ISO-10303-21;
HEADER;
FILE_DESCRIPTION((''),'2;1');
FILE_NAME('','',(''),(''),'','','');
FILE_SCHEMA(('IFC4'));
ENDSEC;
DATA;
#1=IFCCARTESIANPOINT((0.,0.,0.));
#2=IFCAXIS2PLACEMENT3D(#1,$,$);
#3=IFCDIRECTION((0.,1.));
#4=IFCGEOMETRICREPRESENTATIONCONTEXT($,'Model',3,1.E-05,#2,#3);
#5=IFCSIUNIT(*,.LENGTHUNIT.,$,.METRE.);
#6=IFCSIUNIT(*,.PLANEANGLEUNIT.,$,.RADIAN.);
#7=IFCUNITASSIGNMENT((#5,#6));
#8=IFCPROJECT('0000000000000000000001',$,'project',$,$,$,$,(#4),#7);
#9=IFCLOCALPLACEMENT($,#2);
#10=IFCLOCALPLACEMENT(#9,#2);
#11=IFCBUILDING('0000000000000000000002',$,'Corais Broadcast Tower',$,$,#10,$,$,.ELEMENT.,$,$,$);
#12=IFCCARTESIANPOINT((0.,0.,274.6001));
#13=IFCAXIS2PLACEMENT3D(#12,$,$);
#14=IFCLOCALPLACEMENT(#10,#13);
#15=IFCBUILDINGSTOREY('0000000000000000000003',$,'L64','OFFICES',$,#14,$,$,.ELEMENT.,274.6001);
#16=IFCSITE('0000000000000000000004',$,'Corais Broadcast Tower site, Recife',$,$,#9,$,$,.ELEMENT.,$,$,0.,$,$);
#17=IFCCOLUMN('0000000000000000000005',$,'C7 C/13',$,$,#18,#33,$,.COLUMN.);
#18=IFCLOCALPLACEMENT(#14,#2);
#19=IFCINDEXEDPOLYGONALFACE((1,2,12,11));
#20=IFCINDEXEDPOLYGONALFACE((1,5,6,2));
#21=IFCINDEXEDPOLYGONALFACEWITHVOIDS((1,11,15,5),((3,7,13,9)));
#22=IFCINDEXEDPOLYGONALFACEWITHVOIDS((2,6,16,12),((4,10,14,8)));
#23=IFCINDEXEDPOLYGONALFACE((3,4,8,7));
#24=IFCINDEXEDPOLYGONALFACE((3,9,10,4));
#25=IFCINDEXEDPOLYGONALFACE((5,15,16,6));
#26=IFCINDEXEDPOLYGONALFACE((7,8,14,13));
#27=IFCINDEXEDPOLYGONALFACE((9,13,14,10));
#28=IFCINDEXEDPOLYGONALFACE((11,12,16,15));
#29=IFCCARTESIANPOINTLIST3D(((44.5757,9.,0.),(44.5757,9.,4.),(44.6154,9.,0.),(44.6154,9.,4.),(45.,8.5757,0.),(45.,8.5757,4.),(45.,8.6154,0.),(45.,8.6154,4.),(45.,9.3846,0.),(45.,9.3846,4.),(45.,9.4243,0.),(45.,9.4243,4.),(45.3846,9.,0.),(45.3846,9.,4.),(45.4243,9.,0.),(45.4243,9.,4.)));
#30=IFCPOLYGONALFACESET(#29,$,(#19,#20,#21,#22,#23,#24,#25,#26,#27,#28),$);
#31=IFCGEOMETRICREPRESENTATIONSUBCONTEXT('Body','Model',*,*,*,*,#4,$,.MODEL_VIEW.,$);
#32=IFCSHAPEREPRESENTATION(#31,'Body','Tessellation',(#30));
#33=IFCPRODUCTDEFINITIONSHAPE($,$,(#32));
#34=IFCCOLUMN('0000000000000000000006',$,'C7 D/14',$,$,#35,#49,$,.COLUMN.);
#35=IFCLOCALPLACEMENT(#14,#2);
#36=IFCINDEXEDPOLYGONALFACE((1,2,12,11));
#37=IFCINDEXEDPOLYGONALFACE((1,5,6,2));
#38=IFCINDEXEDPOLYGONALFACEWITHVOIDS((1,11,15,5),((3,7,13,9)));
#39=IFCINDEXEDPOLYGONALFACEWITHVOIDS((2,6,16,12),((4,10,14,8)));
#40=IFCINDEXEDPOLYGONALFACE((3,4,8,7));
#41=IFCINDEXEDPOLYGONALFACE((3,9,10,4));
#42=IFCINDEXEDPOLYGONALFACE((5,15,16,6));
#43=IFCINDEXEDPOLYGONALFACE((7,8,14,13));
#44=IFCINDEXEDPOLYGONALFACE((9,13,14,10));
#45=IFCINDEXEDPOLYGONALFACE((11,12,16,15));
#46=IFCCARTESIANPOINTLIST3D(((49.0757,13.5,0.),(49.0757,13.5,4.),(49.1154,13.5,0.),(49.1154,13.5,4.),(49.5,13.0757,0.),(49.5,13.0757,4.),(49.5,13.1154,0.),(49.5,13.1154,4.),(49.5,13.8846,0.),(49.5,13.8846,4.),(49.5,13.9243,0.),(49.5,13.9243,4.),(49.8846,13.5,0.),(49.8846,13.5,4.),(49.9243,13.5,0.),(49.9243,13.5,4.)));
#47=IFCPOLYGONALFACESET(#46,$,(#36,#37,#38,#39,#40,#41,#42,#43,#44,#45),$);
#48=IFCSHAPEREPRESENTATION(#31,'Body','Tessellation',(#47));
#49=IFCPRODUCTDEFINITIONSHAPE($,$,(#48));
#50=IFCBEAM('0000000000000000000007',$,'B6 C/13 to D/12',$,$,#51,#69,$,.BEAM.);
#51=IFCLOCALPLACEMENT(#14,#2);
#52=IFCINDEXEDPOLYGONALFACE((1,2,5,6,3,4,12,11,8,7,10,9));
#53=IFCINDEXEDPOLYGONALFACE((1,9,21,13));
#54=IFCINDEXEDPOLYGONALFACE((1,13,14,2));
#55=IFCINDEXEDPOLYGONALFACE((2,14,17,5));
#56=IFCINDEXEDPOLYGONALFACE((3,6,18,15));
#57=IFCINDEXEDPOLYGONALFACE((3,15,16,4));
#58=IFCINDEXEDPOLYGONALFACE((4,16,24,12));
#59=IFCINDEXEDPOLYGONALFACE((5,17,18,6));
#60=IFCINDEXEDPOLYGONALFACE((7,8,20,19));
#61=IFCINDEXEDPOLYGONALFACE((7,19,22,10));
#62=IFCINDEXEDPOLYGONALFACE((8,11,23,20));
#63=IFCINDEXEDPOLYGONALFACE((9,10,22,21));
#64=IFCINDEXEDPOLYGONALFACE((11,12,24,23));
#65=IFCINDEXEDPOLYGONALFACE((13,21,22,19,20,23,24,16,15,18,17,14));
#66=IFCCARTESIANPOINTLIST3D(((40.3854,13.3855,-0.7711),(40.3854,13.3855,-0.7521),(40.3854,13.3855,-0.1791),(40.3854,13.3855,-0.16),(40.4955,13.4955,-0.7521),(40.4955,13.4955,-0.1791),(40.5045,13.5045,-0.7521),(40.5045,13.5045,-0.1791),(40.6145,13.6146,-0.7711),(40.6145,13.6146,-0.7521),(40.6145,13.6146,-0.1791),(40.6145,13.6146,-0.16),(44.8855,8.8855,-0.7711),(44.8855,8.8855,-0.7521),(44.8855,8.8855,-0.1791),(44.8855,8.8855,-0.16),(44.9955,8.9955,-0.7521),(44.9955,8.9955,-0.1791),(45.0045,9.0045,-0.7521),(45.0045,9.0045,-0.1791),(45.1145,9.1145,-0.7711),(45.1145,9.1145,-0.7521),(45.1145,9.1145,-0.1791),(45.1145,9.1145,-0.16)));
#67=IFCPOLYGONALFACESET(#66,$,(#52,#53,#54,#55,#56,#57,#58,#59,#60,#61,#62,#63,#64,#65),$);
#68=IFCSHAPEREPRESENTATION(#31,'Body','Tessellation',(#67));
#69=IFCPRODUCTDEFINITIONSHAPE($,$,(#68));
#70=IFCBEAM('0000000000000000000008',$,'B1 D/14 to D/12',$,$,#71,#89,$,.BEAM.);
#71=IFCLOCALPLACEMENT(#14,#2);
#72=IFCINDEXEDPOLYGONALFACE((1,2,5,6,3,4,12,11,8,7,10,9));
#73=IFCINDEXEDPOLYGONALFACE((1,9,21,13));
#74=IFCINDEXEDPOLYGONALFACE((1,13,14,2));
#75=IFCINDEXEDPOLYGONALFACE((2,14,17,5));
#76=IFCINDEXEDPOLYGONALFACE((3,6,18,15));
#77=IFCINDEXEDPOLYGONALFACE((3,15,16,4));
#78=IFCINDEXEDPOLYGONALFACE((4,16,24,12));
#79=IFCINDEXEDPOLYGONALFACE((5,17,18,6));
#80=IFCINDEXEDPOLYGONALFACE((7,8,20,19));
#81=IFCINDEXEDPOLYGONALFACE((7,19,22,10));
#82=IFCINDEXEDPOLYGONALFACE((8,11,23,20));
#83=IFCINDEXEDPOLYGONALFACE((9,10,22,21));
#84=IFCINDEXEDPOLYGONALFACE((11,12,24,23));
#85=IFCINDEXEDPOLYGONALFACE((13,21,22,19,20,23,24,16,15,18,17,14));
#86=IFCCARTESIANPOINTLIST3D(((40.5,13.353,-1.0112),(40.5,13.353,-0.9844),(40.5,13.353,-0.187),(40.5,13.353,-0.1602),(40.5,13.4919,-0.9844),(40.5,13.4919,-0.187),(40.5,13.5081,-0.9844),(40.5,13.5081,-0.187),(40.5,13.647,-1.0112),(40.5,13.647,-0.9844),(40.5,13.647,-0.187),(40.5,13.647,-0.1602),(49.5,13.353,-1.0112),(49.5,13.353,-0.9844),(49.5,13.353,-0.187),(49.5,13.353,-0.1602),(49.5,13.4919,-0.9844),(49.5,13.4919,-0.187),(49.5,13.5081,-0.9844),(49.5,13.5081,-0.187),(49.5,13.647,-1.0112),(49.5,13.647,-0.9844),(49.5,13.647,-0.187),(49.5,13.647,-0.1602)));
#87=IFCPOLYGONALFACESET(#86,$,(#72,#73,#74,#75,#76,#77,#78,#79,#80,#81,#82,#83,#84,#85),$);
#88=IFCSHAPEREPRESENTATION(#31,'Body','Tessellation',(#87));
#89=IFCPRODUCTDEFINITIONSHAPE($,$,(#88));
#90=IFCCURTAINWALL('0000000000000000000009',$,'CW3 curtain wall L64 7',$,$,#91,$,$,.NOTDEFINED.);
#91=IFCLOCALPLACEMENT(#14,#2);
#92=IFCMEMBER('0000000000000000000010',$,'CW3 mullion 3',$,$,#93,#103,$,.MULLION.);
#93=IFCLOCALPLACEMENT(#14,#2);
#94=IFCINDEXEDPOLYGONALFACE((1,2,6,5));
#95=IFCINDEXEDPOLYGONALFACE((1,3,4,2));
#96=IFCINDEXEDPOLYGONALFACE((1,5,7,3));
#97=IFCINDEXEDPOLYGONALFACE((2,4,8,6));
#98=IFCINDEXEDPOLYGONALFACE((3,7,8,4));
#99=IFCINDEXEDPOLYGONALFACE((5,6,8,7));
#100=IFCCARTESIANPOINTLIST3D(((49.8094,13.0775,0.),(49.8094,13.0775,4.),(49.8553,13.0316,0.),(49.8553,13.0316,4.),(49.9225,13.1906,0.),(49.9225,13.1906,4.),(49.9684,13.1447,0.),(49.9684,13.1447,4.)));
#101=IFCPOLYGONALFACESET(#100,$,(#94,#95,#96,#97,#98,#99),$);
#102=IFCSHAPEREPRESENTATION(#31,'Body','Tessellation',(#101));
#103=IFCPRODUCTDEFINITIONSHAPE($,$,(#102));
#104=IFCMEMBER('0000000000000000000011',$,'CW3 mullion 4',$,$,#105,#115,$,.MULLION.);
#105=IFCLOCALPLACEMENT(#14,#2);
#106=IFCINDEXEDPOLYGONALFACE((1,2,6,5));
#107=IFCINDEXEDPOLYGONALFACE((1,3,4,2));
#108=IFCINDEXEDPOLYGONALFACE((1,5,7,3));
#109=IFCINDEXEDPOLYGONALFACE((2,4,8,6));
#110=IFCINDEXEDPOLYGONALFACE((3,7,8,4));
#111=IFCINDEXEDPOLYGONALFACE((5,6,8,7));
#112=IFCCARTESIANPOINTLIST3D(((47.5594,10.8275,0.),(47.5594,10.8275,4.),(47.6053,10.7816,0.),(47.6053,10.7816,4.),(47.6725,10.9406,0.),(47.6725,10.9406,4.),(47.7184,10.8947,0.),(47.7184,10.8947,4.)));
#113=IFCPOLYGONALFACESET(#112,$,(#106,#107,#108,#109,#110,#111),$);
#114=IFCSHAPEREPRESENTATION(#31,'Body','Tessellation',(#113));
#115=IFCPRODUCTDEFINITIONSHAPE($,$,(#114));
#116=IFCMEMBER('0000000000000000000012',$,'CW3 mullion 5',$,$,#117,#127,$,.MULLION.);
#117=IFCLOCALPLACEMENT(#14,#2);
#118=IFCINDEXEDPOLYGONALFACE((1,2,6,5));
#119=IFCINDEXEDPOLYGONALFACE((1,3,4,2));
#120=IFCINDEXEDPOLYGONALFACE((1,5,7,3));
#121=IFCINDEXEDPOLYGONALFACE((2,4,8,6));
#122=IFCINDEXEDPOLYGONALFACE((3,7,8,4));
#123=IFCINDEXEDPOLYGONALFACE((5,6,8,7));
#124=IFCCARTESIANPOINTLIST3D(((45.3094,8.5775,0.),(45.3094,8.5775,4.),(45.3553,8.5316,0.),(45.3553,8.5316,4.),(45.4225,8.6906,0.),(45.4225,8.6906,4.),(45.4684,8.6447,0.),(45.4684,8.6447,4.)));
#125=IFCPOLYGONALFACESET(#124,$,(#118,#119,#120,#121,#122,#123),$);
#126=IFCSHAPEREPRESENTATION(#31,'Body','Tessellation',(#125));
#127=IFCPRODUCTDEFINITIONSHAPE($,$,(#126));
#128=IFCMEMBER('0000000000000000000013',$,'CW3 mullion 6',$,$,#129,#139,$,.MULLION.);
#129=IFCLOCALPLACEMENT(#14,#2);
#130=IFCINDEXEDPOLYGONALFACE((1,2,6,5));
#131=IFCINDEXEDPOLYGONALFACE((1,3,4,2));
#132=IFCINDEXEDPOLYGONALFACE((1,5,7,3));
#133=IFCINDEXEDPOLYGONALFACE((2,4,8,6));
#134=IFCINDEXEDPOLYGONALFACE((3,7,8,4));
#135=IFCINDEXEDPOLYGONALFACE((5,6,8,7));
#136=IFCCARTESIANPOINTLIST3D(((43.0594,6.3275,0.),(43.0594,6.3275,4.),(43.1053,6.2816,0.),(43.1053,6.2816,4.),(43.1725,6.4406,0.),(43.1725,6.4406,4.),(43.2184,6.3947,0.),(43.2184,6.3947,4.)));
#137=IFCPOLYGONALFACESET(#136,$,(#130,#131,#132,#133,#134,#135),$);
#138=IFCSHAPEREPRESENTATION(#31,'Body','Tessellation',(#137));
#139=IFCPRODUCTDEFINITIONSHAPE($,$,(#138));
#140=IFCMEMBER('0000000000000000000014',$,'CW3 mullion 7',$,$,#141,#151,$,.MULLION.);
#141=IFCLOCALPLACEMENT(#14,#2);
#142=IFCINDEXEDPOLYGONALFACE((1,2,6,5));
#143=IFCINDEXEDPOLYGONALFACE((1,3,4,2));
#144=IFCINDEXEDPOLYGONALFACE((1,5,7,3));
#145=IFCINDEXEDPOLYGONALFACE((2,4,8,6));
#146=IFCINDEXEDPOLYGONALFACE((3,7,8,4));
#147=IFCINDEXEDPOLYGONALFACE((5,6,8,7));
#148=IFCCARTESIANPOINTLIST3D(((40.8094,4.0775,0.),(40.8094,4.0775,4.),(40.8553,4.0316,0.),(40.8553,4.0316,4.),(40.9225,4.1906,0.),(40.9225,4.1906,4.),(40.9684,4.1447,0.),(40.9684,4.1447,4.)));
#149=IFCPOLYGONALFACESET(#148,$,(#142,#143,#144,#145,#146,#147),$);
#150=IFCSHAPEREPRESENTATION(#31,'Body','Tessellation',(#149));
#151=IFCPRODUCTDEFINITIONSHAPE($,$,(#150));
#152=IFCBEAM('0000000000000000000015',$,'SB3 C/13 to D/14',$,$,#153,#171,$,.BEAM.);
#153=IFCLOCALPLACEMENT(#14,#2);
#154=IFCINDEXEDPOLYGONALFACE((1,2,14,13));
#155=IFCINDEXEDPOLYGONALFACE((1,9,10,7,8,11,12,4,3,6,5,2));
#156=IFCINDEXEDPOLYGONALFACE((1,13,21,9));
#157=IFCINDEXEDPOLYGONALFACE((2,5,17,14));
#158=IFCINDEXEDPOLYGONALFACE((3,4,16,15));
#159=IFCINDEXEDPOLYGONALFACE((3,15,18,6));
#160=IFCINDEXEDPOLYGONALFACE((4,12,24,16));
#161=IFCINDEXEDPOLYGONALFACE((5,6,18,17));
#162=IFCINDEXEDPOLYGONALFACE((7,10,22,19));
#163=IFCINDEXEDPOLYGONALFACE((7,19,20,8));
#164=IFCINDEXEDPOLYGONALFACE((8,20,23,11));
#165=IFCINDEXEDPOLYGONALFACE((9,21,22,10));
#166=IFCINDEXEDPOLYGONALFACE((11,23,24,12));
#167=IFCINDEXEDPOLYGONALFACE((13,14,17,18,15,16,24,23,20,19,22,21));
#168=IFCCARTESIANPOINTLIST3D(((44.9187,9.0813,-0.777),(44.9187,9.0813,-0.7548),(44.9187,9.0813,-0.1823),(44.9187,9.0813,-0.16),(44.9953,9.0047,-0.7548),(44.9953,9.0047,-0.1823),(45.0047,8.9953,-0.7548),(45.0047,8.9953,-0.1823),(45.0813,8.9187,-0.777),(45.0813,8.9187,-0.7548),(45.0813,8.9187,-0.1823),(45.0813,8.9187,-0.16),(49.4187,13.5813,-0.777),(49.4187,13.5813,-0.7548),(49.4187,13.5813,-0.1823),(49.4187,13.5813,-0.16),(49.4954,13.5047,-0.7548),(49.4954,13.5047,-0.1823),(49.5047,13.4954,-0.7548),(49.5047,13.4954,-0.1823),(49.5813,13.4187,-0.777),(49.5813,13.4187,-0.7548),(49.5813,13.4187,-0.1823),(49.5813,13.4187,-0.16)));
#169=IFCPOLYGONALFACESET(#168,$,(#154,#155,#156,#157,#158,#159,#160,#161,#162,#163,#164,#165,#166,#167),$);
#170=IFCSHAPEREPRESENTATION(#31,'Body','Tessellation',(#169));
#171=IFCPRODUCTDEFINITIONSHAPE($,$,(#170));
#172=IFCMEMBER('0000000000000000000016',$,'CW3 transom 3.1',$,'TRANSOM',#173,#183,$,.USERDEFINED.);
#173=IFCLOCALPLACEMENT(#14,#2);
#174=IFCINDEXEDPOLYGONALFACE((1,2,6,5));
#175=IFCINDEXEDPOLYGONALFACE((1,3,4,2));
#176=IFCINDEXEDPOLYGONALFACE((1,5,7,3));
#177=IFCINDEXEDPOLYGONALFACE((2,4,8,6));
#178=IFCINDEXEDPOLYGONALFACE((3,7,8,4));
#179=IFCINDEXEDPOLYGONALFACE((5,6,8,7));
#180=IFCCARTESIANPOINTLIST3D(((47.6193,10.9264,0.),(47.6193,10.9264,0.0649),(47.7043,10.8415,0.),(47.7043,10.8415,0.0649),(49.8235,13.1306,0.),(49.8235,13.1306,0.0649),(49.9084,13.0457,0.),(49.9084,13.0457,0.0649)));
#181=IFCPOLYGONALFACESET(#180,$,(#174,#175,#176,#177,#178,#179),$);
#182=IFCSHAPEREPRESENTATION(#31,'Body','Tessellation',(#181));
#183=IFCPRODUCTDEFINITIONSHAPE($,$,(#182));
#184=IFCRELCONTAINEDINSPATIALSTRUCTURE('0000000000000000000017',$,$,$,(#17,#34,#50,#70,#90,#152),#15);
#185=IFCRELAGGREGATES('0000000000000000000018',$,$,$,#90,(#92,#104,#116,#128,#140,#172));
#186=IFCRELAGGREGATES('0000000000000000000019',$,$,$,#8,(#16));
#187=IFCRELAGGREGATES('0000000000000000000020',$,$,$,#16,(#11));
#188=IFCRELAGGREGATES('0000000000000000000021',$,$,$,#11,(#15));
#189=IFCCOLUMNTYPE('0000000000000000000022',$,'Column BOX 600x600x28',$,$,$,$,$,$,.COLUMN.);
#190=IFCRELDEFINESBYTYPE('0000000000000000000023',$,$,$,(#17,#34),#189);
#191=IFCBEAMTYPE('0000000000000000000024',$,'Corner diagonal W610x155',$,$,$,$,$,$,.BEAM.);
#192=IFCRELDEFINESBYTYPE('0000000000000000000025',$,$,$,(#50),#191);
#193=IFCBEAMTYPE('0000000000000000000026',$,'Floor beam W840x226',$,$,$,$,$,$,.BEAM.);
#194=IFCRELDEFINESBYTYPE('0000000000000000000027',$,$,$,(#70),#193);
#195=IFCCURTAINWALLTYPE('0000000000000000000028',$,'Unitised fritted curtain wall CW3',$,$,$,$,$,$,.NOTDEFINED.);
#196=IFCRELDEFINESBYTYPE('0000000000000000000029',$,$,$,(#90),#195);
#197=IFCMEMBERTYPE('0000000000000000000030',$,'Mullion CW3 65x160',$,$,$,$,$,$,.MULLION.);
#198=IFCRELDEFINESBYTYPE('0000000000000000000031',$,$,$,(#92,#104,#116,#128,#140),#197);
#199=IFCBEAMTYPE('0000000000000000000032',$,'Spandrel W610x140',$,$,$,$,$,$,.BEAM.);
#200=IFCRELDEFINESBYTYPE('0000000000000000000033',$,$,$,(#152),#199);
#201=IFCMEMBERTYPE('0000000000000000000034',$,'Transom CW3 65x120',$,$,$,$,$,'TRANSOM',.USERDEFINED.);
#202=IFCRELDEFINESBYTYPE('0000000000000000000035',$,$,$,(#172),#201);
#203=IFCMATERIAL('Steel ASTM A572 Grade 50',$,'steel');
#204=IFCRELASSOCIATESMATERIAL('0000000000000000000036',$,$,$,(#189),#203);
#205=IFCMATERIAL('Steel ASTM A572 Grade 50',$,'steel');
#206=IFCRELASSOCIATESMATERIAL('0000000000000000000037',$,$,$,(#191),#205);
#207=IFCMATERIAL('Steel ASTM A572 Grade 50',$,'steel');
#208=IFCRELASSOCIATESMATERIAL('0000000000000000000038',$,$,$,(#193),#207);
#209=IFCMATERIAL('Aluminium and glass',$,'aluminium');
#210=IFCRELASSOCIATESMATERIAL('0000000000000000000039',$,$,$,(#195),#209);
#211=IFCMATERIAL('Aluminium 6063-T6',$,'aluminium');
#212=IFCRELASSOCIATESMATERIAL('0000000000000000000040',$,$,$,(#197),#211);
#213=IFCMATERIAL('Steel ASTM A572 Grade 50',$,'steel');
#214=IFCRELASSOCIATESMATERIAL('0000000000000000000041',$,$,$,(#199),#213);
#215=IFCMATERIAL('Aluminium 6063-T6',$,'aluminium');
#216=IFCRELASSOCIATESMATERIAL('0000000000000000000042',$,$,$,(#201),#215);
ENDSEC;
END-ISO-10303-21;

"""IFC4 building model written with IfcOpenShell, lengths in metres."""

from ifc_helpers import new_model, si_unit, direction, frame, origin, origin_2d, place, context, subcontext, project, spatial, rectangle, hollow_rectangle, i_section, extrude, material, material_profile, profile_set, type_object, element, aggregate, save


model = new_model("IFC4")

# Units and contexts
model_context = context("Model", 3, precision=1e-05, world=origin(), true_north=direction((0.0, 1.0)))
body_context = subcontext(model_context, "Body", "Model", "MODEL_VIEW")
ifc_project = project(units=[si_unit("LENGTHUNIT", "METRE"), si_unit("PLANEANGLEUNIT", "RADIAN")], contexts=[model_context])

# Site, building, storey
site_placement = place(None, origin())
site = spatial("IfcSite", under=ifc_project, at=site_placement, Name="Corais Broadcast Tower site, Recife", CompositionType="ELEMENT", RefElevation=0.0)
building_placement = place(site_placement, origin())
building = spatial("IfcBuilding", under=site, at=building_placement, Name="Corais Broadcast Tower", CompositionType="ELEMENT")
storey_placement = place(building_placement, frame((0.0, 0.0, 274.6001)))
storey = spatial("IfcBuildingStorey", under=building, at=storey_placement, Name="L64", Description="OFFICES", CompositionType="ELEMENT", Elevation=274.6001)

# Columns
ifc_material_1 = material(Name="Steel ASTM A572 Grade 50", Category="steel")
ifc_material_profile_1 = material_profile(ifc_material_1, hollow_rectangle(XDim=0.6001, YDim=0.6001, WallThickness=0.0281, at=origin_2d()), Name="BOX 600x600x28")
ifc_profile_set_1 = profile_set([ifc_material_profile_1], Name="Steel ASTM A572 Grade 50")
column_type = type_object("IfcColumnType", Name="Column BOX 600x600x28", PredefinedType="COLUMN", material=ifc_profile_set_1)
for number, where, z_axis, x_axis, name in (
    (1, (45.0, 9.0, 0.0), (0.0, 0.0, 1.0), (0.707107, 0.707107, 0.0), "C7 C/13"),
    (2, (49.5, 13.5, 0.0), (0.0, 0.0, 1.0), (0.707107, 0.707107, 0.0), "C7 D/14"),
):
    element("IfcColumn", number, at=place(storey_placement, frame(where, z_axis=z_axis, x_axis=x_axis)), inside=storey, type_object=column_type, Name=name, PredefinedType="COLUMN", context=body_context, shape_type="SweptSolid", body=[
        extrude(hollow_rectangle(XDim=0.6001, YDim=0.6001, WallThickness=0.0281, at=origin_2d()), origin(), (0.0, 0.0, 1.0), 4.0),
    ])

# Beams
ifc_material_2 = material(Name="Steel ASTM A572 Grade 50", Category="steel")
ifc_material_profile_2 = material_profile(ifc_material_2, i_section(OverallWidth=0.324, OverallDepth=0.6111, WebThickness=0.0127, FlangeThickness=0.019, at=origin_2d()), Name="W610x155")
ifc_profile_set_2 = profile_set([ifc_material_profile_2], Name="Steel ASTM A572 Grade 50")
beam_type_1 = type_object("IfcBeamType", Name="Corner diagonal W610x155", PredefinedType="BEAM", material=ifc_profile_set_2)
beam_1_placement = place(storey_placement, frame((45.0, 9.0, -0.4656), z_axis=(-0.707107, 0.707107, 0.0), x_axis=(-0.707107, -0.707107, 0.0)))
element("IfcBeam", 3, at=beam_1_placement, inside=storey, type_object=beam_type_1, Name="B6 C/13 to D/12", PredefinedType="BEAM", context=body_context, shape_type="SweptSolid", body=[
    extrude(i_section(OverallWidth=0.324, OverallDepth=0.6111, WebThickness=0.0127, FlangeThickness=0.019, at=origin_2d()), origin(), (0.0, 0.0, 1.0), 6.364),
])
ifc_material_3 = material(Name="Steel ASTM A572 Grade 50", Category="steel")
ifc_material_profile_3 = material_profile(ifc_material_3, i_section(OverallWidth=0.2939, OverallDepth=0.8511, WebThickness=0.0161, FlangeThickness=0.0269, at=origin_2d()), Name="W840x226")
ifc_profile_set_3 = profile_set([ifc_material_profile_3], Name="Steel ASTM A572 Grade 50")
beam_type_2 = type_object("IfcBeamType", Name="Floor beam W840x226", PredefinedType="BEAM", material=ifc_profile_set_3)
beam_2_placement = place(storey_placement, frame((49.5, 13.5, -0.5857), z_axis=(-1.0, 0.0, 0.0), x_axis=(0.0, -1.0, 0.0)))
element("IfcBeam", 4, at=beam_2_placement, inside=storey, type_object=beam_type_2, Name="B1 D/14 to D/12", PredefinedType="BEAM", context=body_context, shape_type="SweptSolid", body=[
    extrude(i_section(OverallWidth=0.2939, OverallDepth=0.8511, WebThickness=0.0161, FlangeThickness=0.0269, at=origin_2d()), origin(), (0.0, 0.0, 1.0), 9.0),
])

# Curtain wall, members
ifc_material_4 = material(Name="Aluminium and glass", Category="aluminium")
curtain_wall_type = type_object("IfcCurtainWallType", Name="Unitised fritted curtain wall CW3", PredefinedType="NOTDEFINED", material=ifc_material_4)
curtain_wall_placement = place(storey_placement, origin())
curtain_wall = element("IfcCurtainWall", 5, at=curtain_wall_placement, inside=storey, type_object=curtain_wall_type, Name="CW3 curtain wall L64 7", PredefinedType="NOTDEFINED")
ifc_material_5 = material(Name="Aluminium 6063-T6", Category="aluminium")
ifc_material_profile_4 = material_profile(ifc_material_5, rectangle(XDim=0.0649, YDim=0.1599, at=origin_2d()), Name="Mullion CW3 65x160")
ifc_profile_set_4 = profile_set([ifc_material_profile_4], Name="Aluminium 6063-T6")
member_type_1 = type_object("IfcMemberType", Name="Mullion CW3 65x160", PredefinedType="MULLION", material=ifc_profile_set_4)
member_1_placement = place(storey_placement, frame((49.8889, 13.1111, 0.0), z_axis=(0.0, 0.0, 1.0), x_axis=(0.707107, -0.707107, 0.0)))
member_1 = element("IfcMember", 6, at=member_1_placement, type_object=member_type_1, Name="CW3 mullion 3", PredefinedType="MULLION", context=body_context, shape_type="SweptSolid", body=[
    extrude(rectangle(XDim=0.0649, YDim=0.1599, at=origin_2d()), origin(), (0.0, 0.0, 1.0), 4.0),
])
member_2_placement = place(storey_placement, frame((47.6389, 10.8611, 0.0), z_axis=(0.0, 0.0, 1.0), x_axis=(0.707107, -0.707107, 0.0)))
member_2 = element("IfcMember", 7, at=member_2_placement, type_object=member_type_1, Name="CW3 mullion 4", PredefinedType="MULLION", context=body_context, shape_type="SweptSolid", body=[
    extrude(rectangle(XDim=0.0649, YDim=0.1599, at=origin_2d()), origin(), (0.0, 0.0, 1.0), 4.0),
])
member_3_placement = place(storey_placement, frame((45.3889, 8.6111, 0.0), z_axis=(0.0, 0.0, 1.0), x_axis=(0.707107, -0.707107, 0.0)))
member_3 = element("IfcMember", 8, at=member_3_placement, type_object=member_type_1, Name="CW3 mullion 5", PredefinedType="MULLION", context=body_context, shape_type="SweptSolid", body=[
    extrude(rectangle(XDim=0.0649, YDim=0.1599, at=origin_2d()), origin(), (0.0, 0.0, 1.0), 4.0),
])
member_4_placement = place(storey_placement, frame((43.1389, 6.3611, 0.0), z_axis=(0.0, 0.0, 1.0), x_axis=(0.707107, -0.707107, 0.0)))
member_4 = element("IfcMember", 9, at=member_4_placement, type_object=member_type_1, Name="CW3 mullion 6", PredefinedType="MULLION", context=body_context, shape_type="SweptSolid", body=[
    extrude(rectangle(XDim=0.0649, YDim=0.1599, at=origin_2d()), origin(), (0.0, 0.0, 1.0), 4.0),
])
member_5_placement = place(storey_placement, frame((40.8889, 4.1111, 0.0), z_axis=(0.0, 0.0, 1.0), x_axis=(0.707107, -0.707107, 0.0)))
member_5 = element("IfcMember", 10, at=member_5_placement, type_object=member_type_1, Name="CW3 mullion 7", PredefinedType="MULLION", context=body_context, shape_type="SweptSolid", body=[
    extrude(rectangle(XDim=0.0649, YDim=0.1599, at=origin_2d()), origin(), (0.0, 0.0, 1.0), 4.0),
])

# Beam
ifc_material_6 = material(Name="Steel ASTM A572 Grade 50", Category="steel")
ifc_material_profile_5 = material_profile(ifc_material_6, i_section(OverallWidth=0.23, OverallDepth=0.6169, WebThickness=0.0132, FlangeThickness=0.0222, at=origin_2d()), Name="W610x140")
ifc_profile_set_5 = profile_set([ifc_material_profile_5], Name="Steel ASTM A572 Grade 50")
beam_type_3 = type_object("IfcBeamType", Name="Spandrel W610x140", PredefinedType="BEAM", material=ifc_profile_set_5)
beam_3_placement = place(storey_placement, frame((45.0, 9.0, -0.4685), z_axis=(0.707107, 0.707107, 0.0), x_axis=(-0.707107, 0.707107, 0.0)))
element("IfcBeam", 11, at=beam_3_placement, inside=storey, type_object=beam_type_3, Name="SB3 C/13 to D/14", PredefinedType="BEAM", context=body_context, shape_type="SweptSolid", body=[
    extrude(i_section(OverallWidth=0.23, OverallDepth=0.6169, WebThickness=0.0132, FlangeThickness=0.0222, at=origin_2d()), origin(), (0.0, 0.0, 1.0), 6.364),
])

# Member
ifc_material_7 = material(Name="Aluminium 6063-T6", Category="aluminium")
ifc_material_profile_6 = material_profile(ifc_material_7, rectangle(XDim=0.1201, YDim=0.0649, at=origin_2d()), Name="Transom CW3 65x120")
ifc_profile_set_6 = profile_set([ifc_material_profile_6], Name="Aluminium 6063-T6")
member_type_2 = type_object("IfcMemberType", Name="Transom CW3 65x120", ElementType="TRANSOM", PredefinedType="USERDEFINED", material=ifc_profile_set_6)
member_6_placement = place(storey_placement, frame((49.866, 13.0881, 0.0325), z_axis=(-0.707107, -0.707107, 0.0), x_axis=(0.707107, -0.707107, 0.0)))
member_6 = element("IfcMember", 12, at=member_6_placement, type_object=member_type_2, Name="CW3 transom 3.1", ObjectType="TRANSOM", PredefinedType="USERDEFINED", context=body_context, shape_type="SweptSolid", body=[
    extrude(rectangle(XDim=0.1201, YDim=0.0649, at=origin_2d()), origin(), (0.0, 0.0, 1.0), 3.1172),
])

aggregate(curtain_wall, [member_1, member_2, member_3, member_4, member_5, member_6])

save(model, "model.ifc")
